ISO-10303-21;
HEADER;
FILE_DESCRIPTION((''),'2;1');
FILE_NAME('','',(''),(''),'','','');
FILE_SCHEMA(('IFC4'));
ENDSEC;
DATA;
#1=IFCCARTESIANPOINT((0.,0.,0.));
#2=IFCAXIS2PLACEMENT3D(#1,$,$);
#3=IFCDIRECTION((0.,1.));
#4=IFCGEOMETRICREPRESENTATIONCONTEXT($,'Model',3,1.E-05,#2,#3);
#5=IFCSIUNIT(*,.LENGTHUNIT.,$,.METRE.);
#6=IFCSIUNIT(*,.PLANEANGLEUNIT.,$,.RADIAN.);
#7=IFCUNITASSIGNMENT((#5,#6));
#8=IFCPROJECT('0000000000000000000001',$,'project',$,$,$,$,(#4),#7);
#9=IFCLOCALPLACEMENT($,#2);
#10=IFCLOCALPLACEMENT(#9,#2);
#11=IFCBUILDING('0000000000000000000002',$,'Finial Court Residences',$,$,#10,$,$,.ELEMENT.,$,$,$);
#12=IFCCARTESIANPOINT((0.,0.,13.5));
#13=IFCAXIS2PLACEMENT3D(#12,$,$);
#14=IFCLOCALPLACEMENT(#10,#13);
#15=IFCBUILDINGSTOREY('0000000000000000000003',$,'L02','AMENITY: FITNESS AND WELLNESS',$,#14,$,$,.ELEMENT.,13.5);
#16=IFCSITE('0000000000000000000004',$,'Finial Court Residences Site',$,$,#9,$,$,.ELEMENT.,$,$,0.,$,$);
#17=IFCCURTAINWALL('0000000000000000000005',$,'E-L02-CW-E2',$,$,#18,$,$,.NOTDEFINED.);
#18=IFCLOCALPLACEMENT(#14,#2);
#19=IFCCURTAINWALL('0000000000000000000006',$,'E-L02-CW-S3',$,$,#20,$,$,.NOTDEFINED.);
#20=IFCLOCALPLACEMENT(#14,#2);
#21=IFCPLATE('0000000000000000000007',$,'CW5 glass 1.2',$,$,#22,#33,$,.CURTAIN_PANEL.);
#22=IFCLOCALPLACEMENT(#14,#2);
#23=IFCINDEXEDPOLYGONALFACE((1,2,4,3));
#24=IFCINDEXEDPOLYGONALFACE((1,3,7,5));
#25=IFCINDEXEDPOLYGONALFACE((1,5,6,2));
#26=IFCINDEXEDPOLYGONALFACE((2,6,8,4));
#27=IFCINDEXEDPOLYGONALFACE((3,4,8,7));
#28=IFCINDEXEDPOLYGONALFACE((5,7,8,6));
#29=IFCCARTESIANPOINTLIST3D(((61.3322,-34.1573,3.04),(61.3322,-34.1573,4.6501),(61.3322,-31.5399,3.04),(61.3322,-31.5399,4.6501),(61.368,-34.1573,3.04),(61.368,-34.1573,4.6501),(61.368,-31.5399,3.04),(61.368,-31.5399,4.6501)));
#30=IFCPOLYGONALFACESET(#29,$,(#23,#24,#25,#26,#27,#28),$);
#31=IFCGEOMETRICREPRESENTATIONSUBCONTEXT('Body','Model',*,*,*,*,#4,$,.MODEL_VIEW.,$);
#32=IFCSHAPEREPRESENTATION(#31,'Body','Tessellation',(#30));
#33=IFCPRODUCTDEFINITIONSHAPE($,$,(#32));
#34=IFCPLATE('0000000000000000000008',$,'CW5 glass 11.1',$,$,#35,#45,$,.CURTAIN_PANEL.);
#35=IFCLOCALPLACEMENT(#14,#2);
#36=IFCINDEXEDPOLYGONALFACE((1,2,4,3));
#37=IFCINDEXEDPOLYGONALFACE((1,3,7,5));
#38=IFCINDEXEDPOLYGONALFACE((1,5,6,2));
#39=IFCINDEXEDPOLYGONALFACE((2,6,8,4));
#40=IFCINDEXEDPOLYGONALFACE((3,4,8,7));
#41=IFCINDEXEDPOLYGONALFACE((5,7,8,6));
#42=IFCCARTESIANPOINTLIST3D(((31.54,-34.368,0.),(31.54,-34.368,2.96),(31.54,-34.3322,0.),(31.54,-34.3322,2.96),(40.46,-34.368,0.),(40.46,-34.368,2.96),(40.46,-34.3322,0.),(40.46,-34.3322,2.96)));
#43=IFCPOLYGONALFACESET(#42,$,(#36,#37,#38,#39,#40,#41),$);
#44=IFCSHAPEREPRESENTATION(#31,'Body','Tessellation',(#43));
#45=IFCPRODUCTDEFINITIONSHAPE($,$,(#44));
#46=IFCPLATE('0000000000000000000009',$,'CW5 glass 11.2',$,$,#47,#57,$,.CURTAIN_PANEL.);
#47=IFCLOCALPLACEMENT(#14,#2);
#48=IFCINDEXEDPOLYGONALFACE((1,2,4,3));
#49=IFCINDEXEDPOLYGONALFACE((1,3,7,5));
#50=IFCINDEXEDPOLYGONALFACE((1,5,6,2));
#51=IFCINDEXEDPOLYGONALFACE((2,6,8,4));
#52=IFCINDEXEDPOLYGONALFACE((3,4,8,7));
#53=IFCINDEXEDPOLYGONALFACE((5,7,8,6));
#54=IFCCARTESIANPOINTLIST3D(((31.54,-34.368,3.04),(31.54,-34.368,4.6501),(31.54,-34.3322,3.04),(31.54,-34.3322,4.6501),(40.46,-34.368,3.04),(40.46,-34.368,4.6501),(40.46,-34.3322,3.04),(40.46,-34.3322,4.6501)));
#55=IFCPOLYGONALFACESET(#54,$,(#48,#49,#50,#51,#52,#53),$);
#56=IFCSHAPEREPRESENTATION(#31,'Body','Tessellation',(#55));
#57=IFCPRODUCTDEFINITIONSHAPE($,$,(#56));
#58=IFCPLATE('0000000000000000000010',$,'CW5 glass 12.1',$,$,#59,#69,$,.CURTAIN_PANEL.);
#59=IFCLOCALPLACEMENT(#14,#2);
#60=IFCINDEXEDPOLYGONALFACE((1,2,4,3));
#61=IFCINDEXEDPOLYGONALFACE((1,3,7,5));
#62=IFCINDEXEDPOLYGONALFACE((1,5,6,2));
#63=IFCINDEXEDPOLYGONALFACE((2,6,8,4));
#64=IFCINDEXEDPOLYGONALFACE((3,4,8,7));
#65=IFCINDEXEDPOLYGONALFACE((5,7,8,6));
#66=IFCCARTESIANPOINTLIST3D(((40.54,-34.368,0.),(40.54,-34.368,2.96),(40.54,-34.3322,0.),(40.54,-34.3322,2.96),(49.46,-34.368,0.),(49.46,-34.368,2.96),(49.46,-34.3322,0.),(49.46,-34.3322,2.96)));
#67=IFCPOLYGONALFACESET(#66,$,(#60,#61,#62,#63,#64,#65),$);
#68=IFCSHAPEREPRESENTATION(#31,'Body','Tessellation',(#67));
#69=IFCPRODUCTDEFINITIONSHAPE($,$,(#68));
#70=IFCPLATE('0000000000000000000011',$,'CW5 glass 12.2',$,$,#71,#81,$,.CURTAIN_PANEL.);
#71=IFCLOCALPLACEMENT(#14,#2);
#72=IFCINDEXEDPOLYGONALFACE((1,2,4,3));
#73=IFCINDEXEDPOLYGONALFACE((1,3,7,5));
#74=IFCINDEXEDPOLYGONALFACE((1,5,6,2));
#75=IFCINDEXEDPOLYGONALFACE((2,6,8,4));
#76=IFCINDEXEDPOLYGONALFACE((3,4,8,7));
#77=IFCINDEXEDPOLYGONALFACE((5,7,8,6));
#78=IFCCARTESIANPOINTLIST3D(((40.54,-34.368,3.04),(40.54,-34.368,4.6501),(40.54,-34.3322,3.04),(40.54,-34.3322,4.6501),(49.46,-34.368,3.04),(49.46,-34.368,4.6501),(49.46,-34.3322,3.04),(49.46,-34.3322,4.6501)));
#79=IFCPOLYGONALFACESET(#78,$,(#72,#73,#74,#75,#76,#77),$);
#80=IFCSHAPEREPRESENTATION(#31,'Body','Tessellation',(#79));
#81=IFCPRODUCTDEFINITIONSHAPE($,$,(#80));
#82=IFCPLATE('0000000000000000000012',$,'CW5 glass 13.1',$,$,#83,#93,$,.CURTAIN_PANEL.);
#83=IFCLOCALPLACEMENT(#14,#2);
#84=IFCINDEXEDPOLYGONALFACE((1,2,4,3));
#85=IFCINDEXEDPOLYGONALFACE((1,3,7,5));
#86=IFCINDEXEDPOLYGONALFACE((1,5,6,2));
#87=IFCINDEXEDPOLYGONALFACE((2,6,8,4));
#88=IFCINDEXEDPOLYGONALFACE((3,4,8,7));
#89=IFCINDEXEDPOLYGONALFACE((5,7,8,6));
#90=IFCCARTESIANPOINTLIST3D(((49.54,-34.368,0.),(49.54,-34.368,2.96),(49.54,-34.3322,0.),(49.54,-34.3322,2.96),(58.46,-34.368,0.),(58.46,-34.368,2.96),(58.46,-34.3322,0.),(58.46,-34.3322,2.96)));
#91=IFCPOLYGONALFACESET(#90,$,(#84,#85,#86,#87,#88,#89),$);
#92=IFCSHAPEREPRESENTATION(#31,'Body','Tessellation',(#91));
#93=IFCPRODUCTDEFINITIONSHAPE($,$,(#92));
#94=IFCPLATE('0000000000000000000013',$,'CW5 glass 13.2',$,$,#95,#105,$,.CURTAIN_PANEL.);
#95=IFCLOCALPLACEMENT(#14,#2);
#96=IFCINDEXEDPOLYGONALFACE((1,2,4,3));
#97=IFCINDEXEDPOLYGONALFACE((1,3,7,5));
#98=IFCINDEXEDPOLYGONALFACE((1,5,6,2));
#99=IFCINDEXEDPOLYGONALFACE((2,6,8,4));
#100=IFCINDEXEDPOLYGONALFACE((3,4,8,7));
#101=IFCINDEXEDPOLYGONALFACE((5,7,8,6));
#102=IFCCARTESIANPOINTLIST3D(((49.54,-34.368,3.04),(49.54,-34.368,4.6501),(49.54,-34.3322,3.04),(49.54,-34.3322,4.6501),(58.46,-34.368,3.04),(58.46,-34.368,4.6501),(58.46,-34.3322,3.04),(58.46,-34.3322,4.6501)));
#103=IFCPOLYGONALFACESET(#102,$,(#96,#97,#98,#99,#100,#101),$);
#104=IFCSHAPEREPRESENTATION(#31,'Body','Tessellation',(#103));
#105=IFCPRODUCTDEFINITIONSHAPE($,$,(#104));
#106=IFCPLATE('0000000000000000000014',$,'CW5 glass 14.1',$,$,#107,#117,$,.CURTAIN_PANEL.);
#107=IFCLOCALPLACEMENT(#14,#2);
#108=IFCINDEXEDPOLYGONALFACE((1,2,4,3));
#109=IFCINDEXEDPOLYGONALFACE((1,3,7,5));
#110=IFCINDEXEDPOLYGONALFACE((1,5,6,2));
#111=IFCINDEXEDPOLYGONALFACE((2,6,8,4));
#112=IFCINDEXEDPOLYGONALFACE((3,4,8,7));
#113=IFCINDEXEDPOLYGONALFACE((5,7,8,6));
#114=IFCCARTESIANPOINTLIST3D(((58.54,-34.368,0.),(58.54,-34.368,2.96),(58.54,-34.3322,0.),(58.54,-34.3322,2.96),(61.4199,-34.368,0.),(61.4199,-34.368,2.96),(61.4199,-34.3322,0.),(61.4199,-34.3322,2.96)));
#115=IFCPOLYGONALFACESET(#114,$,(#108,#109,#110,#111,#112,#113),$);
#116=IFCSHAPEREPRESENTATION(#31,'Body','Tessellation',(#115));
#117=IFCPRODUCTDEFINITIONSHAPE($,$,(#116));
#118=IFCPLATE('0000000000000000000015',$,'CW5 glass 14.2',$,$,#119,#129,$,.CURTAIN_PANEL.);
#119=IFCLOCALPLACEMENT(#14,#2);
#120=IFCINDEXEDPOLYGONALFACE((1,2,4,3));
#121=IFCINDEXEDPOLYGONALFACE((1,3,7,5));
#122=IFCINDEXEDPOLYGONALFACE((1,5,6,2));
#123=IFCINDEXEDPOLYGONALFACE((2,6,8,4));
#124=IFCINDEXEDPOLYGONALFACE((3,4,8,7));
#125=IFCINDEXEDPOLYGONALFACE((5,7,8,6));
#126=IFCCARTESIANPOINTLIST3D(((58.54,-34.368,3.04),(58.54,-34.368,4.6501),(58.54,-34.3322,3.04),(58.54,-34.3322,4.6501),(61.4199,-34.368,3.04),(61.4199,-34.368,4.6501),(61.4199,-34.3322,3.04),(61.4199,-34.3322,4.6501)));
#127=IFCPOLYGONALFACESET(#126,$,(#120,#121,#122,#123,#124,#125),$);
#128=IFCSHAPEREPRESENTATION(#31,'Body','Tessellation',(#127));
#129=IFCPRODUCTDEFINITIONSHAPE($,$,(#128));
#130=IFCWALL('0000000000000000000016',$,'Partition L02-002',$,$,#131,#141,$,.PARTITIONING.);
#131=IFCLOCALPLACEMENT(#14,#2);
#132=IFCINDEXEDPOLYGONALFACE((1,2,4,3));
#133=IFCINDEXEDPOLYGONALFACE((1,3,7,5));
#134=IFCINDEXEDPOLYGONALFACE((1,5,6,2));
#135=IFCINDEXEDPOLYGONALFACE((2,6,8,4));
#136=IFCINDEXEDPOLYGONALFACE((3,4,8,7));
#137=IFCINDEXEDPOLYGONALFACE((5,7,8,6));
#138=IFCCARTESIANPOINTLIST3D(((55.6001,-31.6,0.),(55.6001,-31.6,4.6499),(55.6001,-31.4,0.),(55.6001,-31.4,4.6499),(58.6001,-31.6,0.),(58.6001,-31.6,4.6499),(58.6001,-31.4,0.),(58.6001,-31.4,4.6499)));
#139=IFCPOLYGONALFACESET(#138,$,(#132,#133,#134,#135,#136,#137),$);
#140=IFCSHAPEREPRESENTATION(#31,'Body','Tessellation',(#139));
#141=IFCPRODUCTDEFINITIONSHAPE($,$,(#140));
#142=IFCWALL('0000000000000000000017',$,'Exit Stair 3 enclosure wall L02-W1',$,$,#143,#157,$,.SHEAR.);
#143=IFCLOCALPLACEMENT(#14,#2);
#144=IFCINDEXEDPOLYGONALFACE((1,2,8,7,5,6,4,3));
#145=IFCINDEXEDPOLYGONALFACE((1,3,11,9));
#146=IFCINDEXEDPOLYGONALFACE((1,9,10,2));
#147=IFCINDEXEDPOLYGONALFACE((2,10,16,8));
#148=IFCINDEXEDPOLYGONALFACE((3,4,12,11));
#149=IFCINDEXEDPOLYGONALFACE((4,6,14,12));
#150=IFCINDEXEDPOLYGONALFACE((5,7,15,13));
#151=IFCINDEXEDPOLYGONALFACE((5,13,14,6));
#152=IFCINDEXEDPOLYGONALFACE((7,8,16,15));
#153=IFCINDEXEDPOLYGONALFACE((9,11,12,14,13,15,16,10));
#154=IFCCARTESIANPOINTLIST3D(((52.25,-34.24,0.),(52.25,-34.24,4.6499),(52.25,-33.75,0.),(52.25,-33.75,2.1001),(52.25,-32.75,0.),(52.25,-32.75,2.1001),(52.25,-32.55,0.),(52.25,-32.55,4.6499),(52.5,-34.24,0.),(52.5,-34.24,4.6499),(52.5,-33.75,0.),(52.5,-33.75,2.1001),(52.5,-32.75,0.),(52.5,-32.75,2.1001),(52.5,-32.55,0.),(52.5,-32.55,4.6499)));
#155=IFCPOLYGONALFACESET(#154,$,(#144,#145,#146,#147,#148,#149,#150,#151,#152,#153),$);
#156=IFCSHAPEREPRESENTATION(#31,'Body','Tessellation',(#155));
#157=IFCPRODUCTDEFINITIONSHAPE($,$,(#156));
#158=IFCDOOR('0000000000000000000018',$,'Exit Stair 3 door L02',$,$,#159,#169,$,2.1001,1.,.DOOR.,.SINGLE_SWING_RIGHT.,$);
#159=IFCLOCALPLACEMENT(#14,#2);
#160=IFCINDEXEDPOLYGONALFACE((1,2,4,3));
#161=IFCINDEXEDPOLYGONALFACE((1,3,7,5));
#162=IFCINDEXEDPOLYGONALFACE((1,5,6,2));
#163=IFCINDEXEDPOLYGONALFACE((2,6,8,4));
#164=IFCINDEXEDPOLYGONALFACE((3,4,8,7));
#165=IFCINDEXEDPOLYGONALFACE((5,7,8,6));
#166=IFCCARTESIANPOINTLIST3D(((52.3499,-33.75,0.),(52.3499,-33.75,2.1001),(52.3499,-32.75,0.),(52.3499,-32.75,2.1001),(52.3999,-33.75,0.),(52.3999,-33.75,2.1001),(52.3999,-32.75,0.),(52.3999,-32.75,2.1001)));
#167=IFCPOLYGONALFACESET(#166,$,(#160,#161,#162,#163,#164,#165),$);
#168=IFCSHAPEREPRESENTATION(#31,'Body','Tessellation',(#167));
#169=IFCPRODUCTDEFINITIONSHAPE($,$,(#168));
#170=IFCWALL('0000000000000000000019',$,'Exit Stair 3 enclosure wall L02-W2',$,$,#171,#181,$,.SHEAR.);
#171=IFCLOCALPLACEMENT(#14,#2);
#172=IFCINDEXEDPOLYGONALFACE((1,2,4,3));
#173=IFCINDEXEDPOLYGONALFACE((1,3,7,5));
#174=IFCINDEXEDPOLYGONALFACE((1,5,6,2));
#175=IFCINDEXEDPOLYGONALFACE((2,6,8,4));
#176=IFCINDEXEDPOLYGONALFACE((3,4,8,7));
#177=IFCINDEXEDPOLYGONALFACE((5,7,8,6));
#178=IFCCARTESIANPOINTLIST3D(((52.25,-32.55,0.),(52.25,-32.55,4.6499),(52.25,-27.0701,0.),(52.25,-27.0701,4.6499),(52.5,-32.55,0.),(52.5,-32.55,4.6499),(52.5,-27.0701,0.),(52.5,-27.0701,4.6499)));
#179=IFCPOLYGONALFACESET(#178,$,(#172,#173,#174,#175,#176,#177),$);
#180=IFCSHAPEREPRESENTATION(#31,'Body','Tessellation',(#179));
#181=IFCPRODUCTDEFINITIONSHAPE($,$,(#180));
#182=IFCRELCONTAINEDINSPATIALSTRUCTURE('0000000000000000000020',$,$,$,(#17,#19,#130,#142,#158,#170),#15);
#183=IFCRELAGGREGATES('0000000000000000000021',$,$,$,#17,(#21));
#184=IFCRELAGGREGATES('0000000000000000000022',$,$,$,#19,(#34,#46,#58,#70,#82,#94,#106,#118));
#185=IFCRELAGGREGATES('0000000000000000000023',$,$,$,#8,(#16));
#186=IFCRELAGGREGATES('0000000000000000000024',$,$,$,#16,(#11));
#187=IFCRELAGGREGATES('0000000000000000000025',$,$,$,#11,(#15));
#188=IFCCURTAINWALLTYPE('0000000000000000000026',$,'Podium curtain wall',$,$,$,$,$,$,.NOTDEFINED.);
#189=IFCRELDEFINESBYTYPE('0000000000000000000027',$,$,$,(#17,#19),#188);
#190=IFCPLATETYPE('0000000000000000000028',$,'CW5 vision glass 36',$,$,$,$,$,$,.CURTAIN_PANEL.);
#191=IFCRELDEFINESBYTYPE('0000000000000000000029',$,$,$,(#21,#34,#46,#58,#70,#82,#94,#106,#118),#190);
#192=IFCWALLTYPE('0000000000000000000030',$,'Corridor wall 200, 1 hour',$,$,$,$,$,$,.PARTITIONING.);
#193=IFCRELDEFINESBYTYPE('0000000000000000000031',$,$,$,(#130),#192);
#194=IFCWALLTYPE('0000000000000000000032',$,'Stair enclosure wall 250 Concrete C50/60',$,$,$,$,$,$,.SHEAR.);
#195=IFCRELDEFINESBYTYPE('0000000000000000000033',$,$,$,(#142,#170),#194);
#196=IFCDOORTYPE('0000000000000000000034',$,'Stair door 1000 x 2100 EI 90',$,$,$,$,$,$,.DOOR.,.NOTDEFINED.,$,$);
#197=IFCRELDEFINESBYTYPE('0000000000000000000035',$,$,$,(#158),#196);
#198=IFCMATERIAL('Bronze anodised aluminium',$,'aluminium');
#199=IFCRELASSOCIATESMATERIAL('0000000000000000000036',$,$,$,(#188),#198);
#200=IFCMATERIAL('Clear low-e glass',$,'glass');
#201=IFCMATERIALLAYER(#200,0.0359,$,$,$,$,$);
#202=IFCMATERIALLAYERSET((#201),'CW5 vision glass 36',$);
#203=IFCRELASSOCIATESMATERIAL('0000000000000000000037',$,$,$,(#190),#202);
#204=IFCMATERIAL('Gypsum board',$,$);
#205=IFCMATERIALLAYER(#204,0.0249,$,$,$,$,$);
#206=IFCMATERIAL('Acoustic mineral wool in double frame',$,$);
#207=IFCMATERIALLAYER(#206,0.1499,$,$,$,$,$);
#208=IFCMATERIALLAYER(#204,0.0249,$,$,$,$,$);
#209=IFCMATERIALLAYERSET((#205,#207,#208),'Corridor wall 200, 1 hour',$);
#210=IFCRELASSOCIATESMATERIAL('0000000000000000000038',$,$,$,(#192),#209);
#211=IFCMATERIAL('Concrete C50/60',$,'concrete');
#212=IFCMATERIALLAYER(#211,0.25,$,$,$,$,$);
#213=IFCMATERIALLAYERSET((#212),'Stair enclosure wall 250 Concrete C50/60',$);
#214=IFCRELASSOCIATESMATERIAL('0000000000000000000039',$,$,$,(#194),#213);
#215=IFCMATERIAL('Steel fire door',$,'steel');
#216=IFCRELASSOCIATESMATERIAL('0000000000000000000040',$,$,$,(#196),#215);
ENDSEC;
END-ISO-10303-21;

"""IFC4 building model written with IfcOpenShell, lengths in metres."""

from ifc_helpers import new_model, si_unit, direction, frame, frame_2d, origin, origin_2d, place, context, subcontext, project, spatial, rectangle, extrude, material, layer, layer_set, type_object, element, fill, aggregate, save


model = new_model("IFC4")

# Units and contexts
model_context = context("Model", 3, precision=1e-05, world=origin(), true_north=direction((0.0, 1.0)))
body_context = subcontext(model_context, "Body", "Model", "MODEL_VIEW")
ifc_project = project(units=[si_unit("LENGTHUNIT", "METRE"), si_unit("PLANEANGLEUNIT", "RADIAN")], contexts=[model_context])

# Site, building, storey
site_placement = place(None, origin())
site = spatial("IfcSite", under=ifc_project, at=site_placement, Name="Finial Court Residences Site", CompositionType="ELEMENT", RefElevation=0.0)
building_placement = place(site_placement, origin())
building = spatial("IfcBuilding", under=site, at=building_placement, Name="Finial Court Residences", CompositionType="ELEMENT")
storey_placement = place(building_placement, frame((0.0, 0.0, 13.5)))
storey = spatial("IfcBuildingStorey", under=building, at=storey_placement, Name="L02", Description="AMENITY: FITNESS AND WELLNESS", CompositionType="ELEMENT", Elevation=13.5)

# Shared definitions
ifc_material_1 = material(Name="Concrete C50/60", Category="concrete")

# Curtain walls
ifc_material_2 = material(Name="Bronze anodised aluminium", Category="aluminium")
curtain_wall_type = type_object("IfcCurtainWallType", Name="Podium curtain wall", PredefinedType="NOTDEFINED", material=ifc_material_2)
curtain_wall_1_placement = place(storey_placement, origin())
curtain_wall_1 = element("IfcCurtainWall", 1, at=curtain_wall_1_placement, inside=storey, type_object=curtain_wall_type, Name="E-L02-CW-E2", PredefinedType="NOTDEFINED")
curtain_wall_2_placement = place(storey_placement, origin())
curtain_wall_2 = element("IfcCurtainWall", 2, at=curtain_wall_2_placement, inside=storey, type_object=curtain_wall_type, Name="E-L02-CW-S3", PredefinedType="NOTDEFINED")

# Plates
ifc_material_3 = material(Name="Clear low-e glass", Category="glass")
ifc_layer_1 = layer(ifc_material_3, 0.0359)
ifc_layer_set_1 = layer_set([ifc_layer_1], Name="CW5 vision glass 36")
plate_type = type_object("IfcPlateType", Name="CW5 vision glass 36", PredefinedType="CURTAIN_PANEL", material=ifc_layer_set_1)
plate_1_placement = place(storey_placement, frame((61.3501, -32.8486, 3.04), z_axis=(0.0, 0.0, 1.0), x_axis=(0.0, 1.0, 0.0)))
plate_1 = element("IfcPlate", 3, at=plate_1_placement, type_object=plate_type, Name="CW5 glass 1.2", PredefinedType="CURTAIN_PANEL", context=body_context, shape_type="SweptSolid", body=[
    extrude(rectangle(XDim=2.6174, YDim=0.0359, at=origin_2d()), origin(), (0.0, 0.0, 1.0), 1.6101),
])
aggregate(curtain_wall_1, [plate_1])
plate_2_placement = place(storey_placement, frame((36.0, -34.3501, 0.0), z_axis=(0.0, 0.0, 1.0), x_axis=(1.0, 0.0, 0.0)))
plate_2 = element("IfcPlate", 4, at=plate_2_placement, type_object=plate_type, Name="CW5 glass 11.1", PredefinedType="CURTAIN_PANEL", context=body_context, shape_type="SweptSolid", body=[
    extrude(rectangle(XDim=8.9199, YDim=0.0359, at=origin_2d()), origin(), (0.0, 0.0, 1.0), 2.96),
])
plate_3_placement = place(storey_placement, frame((36.0, -34.3501, 3.04), z_axis=(0.0, 0.0, 1.0), x_axis=(1.0, 0.0, 0.0)))
plate_3 = element("IfcPlate", 5, at=plate_3_placement, type_object=plate_type, Name="CW5 glass 11.2", PredefinedType="CURTAIN_PANEL", context=body_context, shape_type="SweptSolid", body=[
    extrude(rectangle(XDim=8.9199, YDim=0.0359, at=origin_2d()), origin(), (0.0, 0.0, 1.0), 1.6101),
])
plate_4_placement = place(storey_placement, frame((45.0, -34.3501, 0.0), z_axis=(0.0, 0.0, 1.0), x_axis=(1.0, 0.0, 0.0)))
plate_4 = element("IfcPlate", 6, at=plate_4_placement, type_object=plate_type, Name="CW5 glass 12.1", PredefinedType="CURTAIN_PANEL", context=body_context, shape_type="SweptSolid", body=[
    extrude(rectangle(XDim=8.9199, YDim=0.0359, at=origin_2d()), origin(), (0.0, 0.0, 1.0), 2.96),
])
plate_5_placement = place(storey_placement, frame((45.0, -34.3501, 3.04), z_axis=(0.0, 0.0, 1.0), x_axis=(1.0, 0.0, 0.0)))
plate_5 = element("IfcPlate", 7, at=plate_5_placement, type_object=plate_type, Name="CW5 glass 12.2", PredefinedType="CURTAIN_PANEL", context=body_context, shape_type="SweptSolid", body=[
    extrude(rectangle(XDim=8.9199, YDim=0.0359, at=origin_2d()), origin(), (0.0, 0.0, 1.0), 1.6101),
])
plate_6_placement = place(storey_placement, frame((54.0, -34.3501, 0.0), z_axis=(0.0, 0.0, 1.0), x_axis=(1.0, 0.0, 0.0)))
plate_6 = element("IfcPlate", 8, at=plate_6_placement, type_object=plate_type, Name="CW5 glass 13.1", PredefinedType="CURTAIN_PANEL", context=body_context, shape_type="SweptSolid", body=[
    extrude(rectangle(XDim=8.9199, YDim=0.0359, at=origin_2d()), origin(), (0.0, 0.0, 1.0), 2.96),
])
plate_7_placement = place(storey_placement, frame((54.0, -34.3501, 3.04), z_axis=(0.0, 0.0, 1.0), x_axis=(1.0, 0.0, 0.0)))
plate_7 = element("IfcPlate", 9, at=plate_7_placement, type_object=plate_type, Name="CW5 glass 13.2", PredefinedType="CURTAIN_PANEL", context=body_context, shape_type="SweptSolid", body=[
    extrude(rectangle(XDim=8.9199, YDim=0.0359, at=origin_2d()), origin(), (0.0, 0.0, 1.0), 1.6101),
])
plate_8_placement = place(storey_placement, frame((59.98, -34.3501, 0.0), z_axis=(0.0, 0.0, 1.0), x_axis=(1.0, 0.0, 0.0)))
plate_8 = element("IfcPlate", 10, at=plate_8_placement, type_object=plate_type, Name="CW5 glass 14.1", PredefinedType="CURTAIN_PANEL", context=body_context, shape_type="SweptSolid", body=[
    extrude(rectangle(XDim=2.8799, YDim=0.0359, at=origin_2d()), origin(), (0.0, 0.0, 1.0), 2.96),
])
plate_9_placement = place(storey_placement, frame((59.98, -34.3501, 3.04), z_axis=(0.0, 0.0, 1.0), x_axis=(1.0, 0.0, 0.0)))
plate_9 = element("IfcPlate", 11, at=plate_9_placement, type_object=plate_type, Name="CW5 glass 14.2", PredefinedType="CURTAIN_PANEL", context=body_context, shape_type="SweptSolid", body=[
    extrude(rectangle(XDim=2.8799, YDim=0.0359, at=origin_2d()), origin(), (0.0, 0.0, 1.0), 1.6101),
])
aggregate(curtain_wall_2, [plate_2, plate_3, plate_4, plate_5, plate_6, plate_7, plate_8, plate_9])

# Wall
ifc_material_4 = material(Name="Gypsum board")
ifc_layer_2 = layer(ifc_material_4, 0.0249)
ifc_material_5 = material(Name="Acoustic mineral wool in double frame")
ifc_layer_3 = layer(ifc_material_5, 0.1499)
ifc_layer_4 = layer(ifc_material_4, 0.0249)
ifc_layer_set_2 = layer_set([ifc_layer_2, ifc_layer_3, ifc_layer_4], Name="Corridor wall 200, 1 hour")
wall_type_1 = type_object("IfcWallType", Name="Corridor wall 200, 1 hour", PredefinedType="PARTITIONING", material=ifc_layer_set_2)
wall_1_placement = place(storey_placement, frame((55.6001, -31.5, 0.0), z_axis=(0.0, 0.0, 1.0), x_axis=(1.0, 0.0, 0.0)))
element("IfcWall", 12, at=wall_1_placement, inside=storey, type_object=wall_type_1, Name="Partition L02-002", PredefinedType="PARTITIONING", context=body_context, shape_type="SweptSolid", body=[
    extrude(rectangle(XDim=3.0, YDim=0.2, at=frame_2d((1.5, 0.0))), origin(), (0.0, 0.0, 1.0), 4.6499),
])

# Wall, opening, door
ifc_layer_5 = layer(ifc_material_1, 0.25)
ifc_layer_set_3 = layer_set([ifc_layer_5], Name="Stair enclosure wall 250 Concrete C50/60")
wall_type_2 = type_object("IfcWallType", Name="Stair enclosure wall 250 Concrete C50/60", PredefinedType="SHEAR", material=ifc_layer_set_3)
wall_2_placement = place(storey_placement, frame((52.375, -32.55, 0.0), z_axis=(0.0, 0.0, 1.0), x_axis=(0.0, -1.0, 0.0)))
wall_2 = element("IfcWall", 13, at=wall_2_placement, inside=storey, type_object=wall_type_2, Name="Exit Stair 3 enclosure wall L02-W1", PredefinedType="SHEAR", context=body_context, shape_type="SweptSolid", body=[
    extrude(rectangle(XDim=1.6899, YDim=0.25, at=frame_2d((0.845, 0.0))), origin(), (0.0, 0.0, 1.0), 4.6499),
])
opening_1_placement = place(wall_2_placement, frame((0.2, 0.0, 0.0)))
opening_1 = element("IfcOpeningElement", 14, at=opening_1_placement, cuts=wall_2, PredefinedType="OPENING", context=body_context, shape_type="SweptSolid", body=[
    extrude(rectangle(XDim=1.0, YDim=2.1001, at=frame_2d((0.5, 1.05))), frame((0.0, 0.135, 0.0), z_axis=(0.0, -1.0, 0.0), x_axis=(1.0, 0.0, 0.0)), (0.0, 0.0, 1.0), 0.27),
])
ifc_material_6 = material(Name="Steel fire door", Category="steel")
door_type = type_object("IfcDoorType", Name="Stair door 1000 x 2100 EI 90", OperationType="NOTDEFINED", PredefinedType="DOOR", material=ifc_material_6)
door_1_placement = place(opening_1_placement, origin())
door_1 = element("IfcDoor", 15, at=door_1_placement, inside=storey, type_object=door_type, Name="Exit Stair 3 door L02", OperationType="SINGLE_SWING_RIGHT", OverallHeight=2.1001, OverallWidth=1.0, PredefinedType="DOOR", context=body_context, shape_type="SweptSolid", body=[
    extrude(rectangle(XDim=1.0, YDim=2.1001, at=frame_2d((0.5, 1.05))), frame((0.0, 0.0249, 0.0), z_axis=(0.0, -1.0, 0.0), x_axis=(1.0, 0.0, 0.0)), (0.0, 0.0, 1.0), 0.05),
])
fill(opening_1, door_1)

# Wall
wall_3_placement = place(storey_placement, frame((52.375, -32.55, 0.0), z_axis=(0.0, 0.0, 1.0), x_axis=(0.0, 1.0, 0.0)))
element("IfcWall", 16, at=wall_3_placement, inside=storey, type_object=wall_type_2, Name="Exit Stair 3 enclosure wall L02-W2", PredefinedType="SHEAR", context=body_context, shape_type="SweptSolid", body=[
    extrude(rectangle(XDim=5.48, YDim=0.25, at=frame_2d((2.74, 0.0))), origin(), (0.0, 0.0, 1.0), 4.6499),
])

save(model, "model.ifc")
